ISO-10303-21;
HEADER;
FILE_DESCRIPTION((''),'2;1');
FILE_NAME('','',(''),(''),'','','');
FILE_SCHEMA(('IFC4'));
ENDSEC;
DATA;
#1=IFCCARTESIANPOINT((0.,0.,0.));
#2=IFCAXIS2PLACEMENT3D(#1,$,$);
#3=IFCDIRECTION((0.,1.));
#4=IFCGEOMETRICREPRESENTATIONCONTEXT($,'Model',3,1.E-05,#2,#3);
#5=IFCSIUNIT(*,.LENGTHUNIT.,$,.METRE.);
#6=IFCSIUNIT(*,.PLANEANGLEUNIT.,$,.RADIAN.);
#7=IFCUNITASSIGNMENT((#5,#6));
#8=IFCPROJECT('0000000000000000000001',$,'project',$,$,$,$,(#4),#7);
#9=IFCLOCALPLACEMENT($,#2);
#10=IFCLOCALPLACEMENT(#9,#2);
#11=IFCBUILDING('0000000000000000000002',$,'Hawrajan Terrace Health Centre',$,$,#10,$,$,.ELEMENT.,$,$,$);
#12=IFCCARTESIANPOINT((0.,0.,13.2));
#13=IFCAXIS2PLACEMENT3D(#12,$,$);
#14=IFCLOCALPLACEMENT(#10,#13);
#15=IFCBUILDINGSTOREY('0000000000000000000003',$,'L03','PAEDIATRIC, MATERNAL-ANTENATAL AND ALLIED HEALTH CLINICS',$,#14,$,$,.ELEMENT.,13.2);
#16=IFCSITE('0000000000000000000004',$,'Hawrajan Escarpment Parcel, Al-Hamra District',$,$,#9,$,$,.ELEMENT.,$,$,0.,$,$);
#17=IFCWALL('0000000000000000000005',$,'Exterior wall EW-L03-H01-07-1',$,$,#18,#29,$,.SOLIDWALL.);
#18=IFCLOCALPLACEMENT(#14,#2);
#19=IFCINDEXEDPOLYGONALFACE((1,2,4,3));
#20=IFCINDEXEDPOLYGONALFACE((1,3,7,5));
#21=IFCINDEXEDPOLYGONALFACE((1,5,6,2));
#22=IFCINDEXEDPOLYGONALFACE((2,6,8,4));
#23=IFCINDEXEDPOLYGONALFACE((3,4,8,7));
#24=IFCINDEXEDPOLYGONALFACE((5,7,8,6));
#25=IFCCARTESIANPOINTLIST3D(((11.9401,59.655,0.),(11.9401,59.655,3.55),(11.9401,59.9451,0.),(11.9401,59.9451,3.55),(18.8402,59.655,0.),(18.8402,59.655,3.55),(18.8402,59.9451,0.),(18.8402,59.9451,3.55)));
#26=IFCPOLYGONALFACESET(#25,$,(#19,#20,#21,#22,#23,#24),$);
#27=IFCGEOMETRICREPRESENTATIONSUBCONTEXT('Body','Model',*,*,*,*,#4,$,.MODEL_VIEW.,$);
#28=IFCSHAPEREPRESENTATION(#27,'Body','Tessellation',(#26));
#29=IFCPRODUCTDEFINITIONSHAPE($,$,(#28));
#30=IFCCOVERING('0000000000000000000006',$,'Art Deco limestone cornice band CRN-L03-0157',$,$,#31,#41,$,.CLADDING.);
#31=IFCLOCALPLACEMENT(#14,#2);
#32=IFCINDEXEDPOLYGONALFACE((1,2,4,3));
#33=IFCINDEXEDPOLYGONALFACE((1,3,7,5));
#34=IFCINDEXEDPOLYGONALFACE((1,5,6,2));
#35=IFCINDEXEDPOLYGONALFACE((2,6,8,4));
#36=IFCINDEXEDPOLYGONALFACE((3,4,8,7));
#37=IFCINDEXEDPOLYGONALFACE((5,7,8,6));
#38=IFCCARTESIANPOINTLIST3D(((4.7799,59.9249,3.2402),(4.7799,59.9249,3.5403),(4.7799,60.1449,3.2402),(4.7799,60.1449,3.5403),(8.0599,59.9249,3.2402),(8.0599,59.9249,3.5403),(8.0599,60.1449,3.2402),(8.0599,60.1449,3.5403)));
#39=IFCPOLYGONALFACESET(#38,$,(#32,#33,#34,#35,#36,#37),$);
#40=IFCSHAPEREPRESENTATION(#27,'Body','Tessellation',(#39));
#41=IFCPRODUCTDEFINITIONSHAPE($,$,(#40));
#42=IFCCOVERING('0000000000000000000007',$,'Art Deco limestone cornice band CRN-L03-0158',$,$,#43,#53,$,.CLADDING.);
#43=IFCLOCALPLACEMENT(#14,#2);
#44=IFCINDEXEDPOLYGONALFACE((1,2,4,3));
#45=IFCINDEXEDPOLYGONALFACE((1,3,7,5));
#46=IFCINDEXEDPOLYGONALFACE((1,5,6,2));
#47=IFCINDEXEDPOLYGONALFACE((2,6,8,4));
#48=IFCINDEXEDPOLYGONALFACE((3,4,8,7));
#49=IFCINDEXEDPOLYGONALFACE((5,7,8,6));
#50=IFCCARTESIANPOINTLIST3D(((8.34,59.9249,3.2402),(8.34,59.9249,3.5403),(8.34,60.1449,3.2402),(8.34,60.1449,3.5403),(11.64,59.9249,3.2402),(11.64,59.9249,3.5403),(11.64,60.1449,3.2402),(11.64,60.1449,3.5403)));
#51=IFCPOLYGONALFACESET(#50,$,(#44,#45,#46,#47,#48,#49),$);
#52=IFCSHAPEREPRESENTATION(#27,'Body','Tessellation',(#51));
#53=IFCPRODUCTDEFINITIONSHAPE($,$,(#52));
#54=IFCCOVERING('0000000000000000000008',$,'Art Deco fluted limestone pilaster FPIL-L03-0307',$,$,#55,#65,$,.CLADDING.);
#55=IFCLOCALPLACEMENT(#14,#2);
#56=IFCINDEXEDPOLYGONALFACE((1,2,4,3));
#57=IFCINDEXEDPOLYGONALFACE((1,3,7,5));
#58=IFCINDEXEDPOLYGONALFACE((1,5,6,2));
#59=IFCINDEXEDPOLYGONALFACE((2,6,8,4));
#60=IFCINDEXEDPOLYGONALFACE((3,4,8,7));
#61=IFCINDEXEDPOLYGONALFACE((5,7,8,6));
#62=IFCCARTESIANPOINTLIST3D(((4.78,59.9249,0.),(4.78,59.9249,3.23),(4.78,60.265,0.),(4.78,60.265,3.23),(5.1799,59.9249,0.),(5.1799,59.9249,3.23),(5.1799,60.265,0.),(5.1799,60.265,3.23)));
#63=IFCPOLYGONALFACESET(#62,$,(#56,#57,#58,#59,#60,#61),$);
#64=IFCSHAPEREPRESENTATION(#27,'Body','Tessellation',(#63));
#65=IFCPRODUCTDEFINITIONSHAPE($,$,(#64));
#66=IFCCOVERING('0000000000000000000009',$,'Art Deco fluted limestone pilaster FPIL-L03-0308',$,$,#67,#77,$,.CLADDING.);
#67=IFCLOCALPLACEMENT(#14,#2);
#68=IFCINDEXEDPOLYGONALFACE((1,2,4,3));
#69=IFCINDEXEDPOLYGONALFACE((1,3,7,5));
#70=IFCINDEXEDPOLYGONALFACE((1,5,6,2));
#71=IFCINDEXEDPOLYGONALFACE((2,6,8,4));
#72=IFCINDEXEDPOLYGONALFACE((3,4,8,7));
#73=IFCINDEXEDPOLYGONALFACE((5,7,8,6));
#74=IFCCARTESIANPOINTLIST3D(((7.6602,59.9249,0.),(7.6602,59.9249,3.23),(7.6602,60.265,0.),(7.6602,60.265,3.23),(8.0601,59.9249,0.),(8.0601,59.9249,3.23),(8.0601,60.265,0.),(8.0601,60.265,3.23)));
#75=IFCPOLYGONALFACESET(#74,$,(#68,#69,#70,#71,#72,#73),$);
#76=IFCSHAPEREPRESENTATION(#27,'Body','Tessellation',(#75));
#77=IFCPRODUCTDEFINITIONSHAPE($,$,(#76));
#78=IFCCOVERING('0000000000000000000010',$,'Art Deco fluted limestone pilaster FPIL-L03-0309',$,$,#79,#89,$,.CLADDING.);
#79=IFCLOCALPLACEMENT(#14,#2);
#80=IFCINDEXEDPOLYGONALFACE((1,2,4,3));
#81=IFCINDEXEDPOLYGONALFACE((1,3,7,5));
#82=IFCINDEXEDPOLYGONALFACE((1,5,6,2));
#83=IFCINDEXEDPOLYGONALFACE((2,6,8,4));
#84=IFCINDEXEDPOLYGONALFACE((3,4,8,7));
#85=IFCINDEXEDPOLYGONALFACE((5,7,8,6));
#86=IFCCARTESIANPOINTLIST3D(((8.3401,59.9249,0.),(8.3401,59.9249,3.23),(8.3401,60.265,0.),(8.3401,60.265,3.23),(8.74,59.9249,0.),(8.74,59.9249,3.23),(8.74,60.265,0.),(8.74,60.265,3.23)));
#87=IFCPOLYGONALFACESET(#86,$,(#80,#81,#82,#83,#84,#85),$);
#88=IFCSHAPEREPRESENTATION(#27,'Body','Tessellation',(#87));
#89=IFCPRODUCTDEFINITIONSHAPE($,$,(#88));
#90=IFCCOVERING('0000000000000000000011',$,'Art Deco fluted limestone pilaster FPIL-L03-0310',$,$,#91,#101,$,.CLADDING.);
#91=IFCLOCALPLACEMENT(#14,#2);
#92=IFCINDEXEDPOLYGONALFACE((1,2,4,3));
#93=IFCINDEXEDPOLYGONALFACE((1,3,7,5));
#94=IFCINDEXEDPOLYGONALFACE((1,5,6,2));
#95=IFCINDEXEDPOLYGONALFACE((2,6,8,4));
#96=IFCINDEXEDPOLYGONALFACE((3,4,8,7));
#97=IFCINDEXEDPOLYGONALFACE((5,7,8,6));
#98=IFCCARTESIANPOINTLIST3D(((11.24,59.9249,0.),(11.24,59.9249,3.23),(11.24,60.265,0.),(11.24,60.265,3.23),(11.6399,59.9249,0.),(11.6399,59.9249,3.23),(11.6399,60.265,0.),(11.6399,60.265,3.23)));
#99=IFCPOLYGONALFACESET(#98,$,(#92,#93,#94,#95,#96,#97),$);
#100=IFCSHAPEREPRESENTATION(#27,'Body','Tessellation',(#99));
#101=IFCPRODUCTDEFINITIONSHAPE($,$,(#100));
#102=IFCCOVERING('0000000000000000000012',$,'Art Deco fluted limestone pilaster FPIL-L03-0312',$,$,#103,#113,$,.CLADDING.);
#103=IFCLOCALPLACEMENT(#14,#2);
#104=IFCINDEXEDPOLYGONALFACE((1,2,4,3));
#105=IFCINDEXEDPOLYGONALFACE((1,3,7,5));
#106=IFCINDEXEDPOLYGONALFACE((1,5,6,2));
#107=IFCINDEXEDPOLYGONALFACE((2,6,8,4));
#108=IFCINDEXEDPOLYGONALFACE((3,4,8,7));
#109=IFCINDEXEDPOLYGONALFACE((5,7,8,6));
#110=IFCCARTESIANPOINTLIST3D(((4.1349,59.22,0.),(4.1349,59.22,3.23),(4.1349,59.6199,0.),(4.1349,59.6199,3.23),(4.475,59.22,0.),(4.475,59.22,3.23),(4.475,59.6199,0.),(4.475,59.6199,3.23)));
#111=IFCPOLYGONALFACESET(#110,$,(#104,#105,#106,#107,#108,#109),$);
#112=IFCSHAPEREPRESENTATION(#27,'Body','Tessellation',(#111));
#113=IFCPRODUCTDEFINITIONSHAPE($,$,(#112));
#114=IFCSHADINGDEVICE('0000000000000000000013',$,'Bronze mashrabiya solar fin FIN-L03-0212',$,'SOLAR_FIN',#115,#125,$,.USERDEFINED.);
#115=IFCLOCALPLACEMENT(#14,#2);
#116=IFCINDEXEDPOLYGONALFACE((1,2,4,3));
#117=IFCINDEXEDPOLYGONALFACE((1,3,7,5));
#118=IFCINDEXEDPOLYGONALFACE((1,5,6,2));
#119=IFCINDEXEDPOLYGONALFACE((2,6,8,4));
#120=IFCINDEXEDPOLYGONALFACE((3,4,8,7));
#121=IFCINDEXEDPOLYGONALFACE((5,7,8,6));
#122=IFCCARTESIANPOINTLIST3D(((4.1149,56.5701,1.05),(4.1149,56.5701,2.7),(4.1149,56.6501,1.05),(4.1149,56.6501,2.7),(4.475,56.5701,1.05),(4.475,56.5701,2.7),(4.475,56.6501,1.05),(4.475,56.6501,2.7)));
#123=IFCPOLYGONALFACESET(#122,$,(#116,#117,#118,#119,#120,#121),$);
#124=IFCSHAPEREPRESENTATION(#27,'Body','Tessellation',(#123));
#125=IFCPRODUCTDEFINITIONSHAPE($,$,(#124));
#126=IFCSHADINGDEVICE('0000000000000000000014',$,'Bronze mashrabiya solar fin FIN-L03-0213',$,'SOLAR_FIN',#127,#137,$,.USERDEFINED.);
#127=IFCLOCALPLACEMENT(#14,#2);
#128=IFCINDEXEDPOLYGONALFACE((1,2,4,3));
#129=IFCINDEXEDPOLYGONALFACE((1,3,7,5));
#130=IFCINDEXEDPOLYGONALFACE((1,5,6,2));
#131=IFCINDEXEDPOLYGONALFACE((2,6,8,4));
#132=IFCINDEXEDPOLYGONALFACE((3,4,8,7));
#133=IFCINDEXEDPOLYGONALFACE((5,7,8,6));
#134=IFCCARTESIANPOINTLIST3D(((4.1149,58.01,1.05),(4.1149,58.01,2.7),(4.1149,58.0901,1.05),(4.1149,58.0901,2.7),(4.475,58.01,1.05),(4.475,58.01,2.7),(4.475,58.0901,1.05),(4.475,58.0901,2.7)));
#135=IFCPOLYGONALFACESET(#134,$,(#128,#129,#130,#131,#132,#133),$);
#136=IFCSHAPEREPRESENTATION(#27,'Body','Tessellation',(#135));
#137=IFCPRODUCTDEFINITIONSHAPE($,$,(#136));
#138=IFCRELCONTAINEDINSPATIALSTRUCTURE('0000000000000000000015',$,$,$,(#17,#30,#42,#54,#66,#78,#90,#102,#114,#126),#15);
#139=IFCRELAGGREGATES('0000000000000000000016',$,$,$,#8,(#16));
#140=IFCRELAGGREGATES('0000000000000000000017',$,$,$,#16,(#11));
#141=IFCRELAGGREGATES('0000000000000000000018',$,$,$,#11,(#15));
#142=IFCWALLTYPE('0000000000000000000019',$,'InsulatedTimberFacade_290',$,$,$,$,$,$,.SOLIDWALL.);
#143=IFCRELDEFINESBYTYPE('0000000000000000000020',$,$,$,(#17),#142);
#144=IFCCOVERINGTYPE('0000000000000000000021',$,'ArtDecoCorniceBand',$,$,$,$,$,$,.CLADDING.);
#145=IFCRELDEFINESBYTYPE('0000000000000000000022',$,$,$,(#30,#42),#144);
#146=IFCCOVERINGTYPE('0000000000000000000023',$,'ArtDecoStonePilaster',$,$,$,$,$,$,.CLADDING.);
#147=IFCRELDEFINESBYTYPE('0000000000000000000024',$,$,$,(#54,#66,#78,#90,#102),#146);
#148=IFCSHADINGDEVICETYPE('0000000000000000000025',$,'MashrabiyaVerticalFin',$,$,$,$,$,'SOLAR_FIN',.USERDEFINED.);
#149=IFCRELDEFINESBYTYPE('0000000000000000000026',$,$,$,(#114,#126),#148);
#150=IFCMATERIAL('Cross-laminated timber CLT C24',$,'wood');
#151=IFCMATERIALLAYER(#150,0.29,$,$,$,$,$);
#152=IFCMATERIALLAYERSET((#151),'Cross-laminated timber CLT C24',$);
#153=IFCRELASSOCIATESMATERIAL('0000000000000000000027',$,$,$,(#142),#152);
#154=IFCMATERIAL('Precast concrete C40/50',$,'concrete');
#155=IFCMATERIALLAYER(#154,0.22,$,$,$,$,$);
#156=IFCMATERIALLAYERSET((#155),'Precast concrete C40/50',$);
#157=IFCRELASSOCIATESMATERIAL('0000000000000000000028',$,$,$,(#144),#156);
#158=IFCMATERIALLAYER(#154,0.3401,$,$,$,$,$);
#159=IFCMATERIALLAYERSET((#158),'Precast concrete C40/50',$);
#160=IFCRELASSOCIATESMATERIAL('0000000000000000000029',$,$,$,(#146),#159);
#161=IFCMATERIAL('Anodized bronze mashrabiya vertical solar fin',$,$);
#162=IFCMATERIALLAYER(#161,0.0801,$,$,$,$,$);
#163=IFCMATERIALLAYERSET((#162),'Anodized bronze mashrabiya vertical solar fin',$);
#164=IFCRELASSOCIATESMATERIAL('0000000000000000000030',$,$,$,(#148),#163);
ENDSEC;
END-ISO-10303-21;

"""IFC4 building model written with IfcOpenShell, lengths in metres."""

from ifc_helpers import new_model, si_unit, direction, frame, frame_2d, origin, origin_2d, place, context, subcontext, project, spatial, rectangle, extrude, material, layer, layer_set, type_object, element, save


model = new_model("IFC4")

# Units and contexts
model_context = context("Model", 3, precision=1e-05, world=origin(), true_north=direction((0.0, 1.0)))
body_context = subcontext(model_context, "Body", "Model", "MODEL_VIEW")
ifc_project = project(units=[si_unit("LENGTHUNIT", "METRE"), si_unit("PLANEANGLEUNIT", "RADIAN")], contexts=[model_context])

# Site, building, storey
site_placement = place(None, origin())
site = spatial("IfcSite", under=ifc_project, at=site_placement, Name="Hawrajan Escarpment Parcel, Al-Hamra District", CompositionType="ELEMENT", RefElevation=0.0)
building_placement = place(site_placement, origin())
building = spatial("IfcBuilding", under=site, at=building_placement, Name="Hawrajan Terrace Health Centre", CompositionType="ELEMENT")
storey_placement = place(building_placement, frame((0.0, 0.0, 13.2)))
storey = spatial("IfcBuildingStorey", under=building, at=storey_placement, Name="L03", Description="PAEDIATRIC, MATERNAL-ANTENATAL AND ALLIED HEALTH CLINICS", CompositionType="ELEMENT", Elevation=13.2)

# Shared definitions
ifc_material_1 = material(Name="Cross-laminated timber CLT C24", Category="wood")

# Shared definitions
ifc_layer_1 = layer(ifc_material_1, 0.29)
ifc_layer_set_1 = layer_set([ifc_layer_1], Name="Cross-laminated timber CLT C24")
wall_type_1 = type_object("IfcWallType", Name="InsulatedTimberFacade_290", PredefinedType="SOLIDWALL", material=ifc_layer_set_1)

# Wall
wall_1_placement = place(storey_placement, frame((11.9399, 59.8, 0.0), z_axis=(0.0, 0.0, 1.0), x_axis=(1.0, 0.0, 0.0)))
element("IfcWall", 1, at=wall_1_placement, inside=storey, type_object=wall_type_1, Name="Exterior wall EW-L03-H01-07-1", PredefinedType="SOLIDWALL", context=body_context, shape_type="SweptSolid", body=[
    extrude(rectangle(XDim=6.9001, YDim=0.29, at=frame_2d((3.4502, 0.0))), origin(), (0.0, 0.0, 1.0), 3.55),
])

# Coverings
ifc_material_2 = material(Name="Precast concrete C40/50", Category="concrete")
ifc_layer_2 = layer(ifc_material_2, 0.22)
ifc_layer_set_2 = layer_set([ifc_layer_2], Name="Precast concrete C40/50")
covering_type_1 = type_object("IfcCoveringType", Name="ArtDecoCorniceBand", PredefinedType="CLADDING", material=ifc_layer_set_2)
covering_1_placement = place(storey_placement, frame((6.4199, 60.0349, 3.2402), z_axis=(0.0, 0.0, 1.0), x_axis=(1.0, 0.0, 0.0)))
element("IfcCovering", 2, at=covering_1_placement, inside=storey, type_object=covering_type_1, Name="Art Deco limestone cornice band CRN-L03-0157", PredefinedType="CLADDING", context=body_context, shape_type="SweptSolid", body=[
    extrude(rectangle(XDim=3.28, YDim=0.22, at=origin_2d()), origin(), (0.0, 0.0, 1.0), 0.3),
])
covering_2_placement = place(storey_placement, frame((9.99, 60.0349, 3.2402), z_axis=(0.0, 0.0, 1.0), x_axis=(1.0, 0.0, 0.0)))
element("IfcCovering", 3, at=covering_2_placement, inside=storey, type_object=covering_type_1, Name="Art Deco limestone cornice band CRN-L03-0158", PredefinedType="CLADDING", context=body_context, shape_type="SweptSolid", body=[
    extrude(rectangle(XDim=3.3, YDim=0.22, at=origin_2d()), origin(), (0.0, 0.0, 1.0), 0.3),
])
ifc_layer_3 = layer(ifc_material_2, 0.3401)
ifc_layer_set_3 = layer_set([ifc_layer_3], Name="Precast concrete C40/50")
covering_type_2 = type_object("IfcCoveringType", Name="ArtDecoStonePilaster", PredefinedType="CLADDING", material=ifc_layer_set_3)
for number, where, z_axis, x_axis, name in (
    (4, (4.98, 60.095, 0.0), (0.0, 0.0, 1.0), (1.0, 0.0, 0.0), "Art Deco fluted limestone pilaster FPIL-L03-0307"),
    (5, (7.8601, 60.095, 0.0), (0.0, 0.0, 1.0), (1.0, 0.0, 0.0), "Art Deco fluted limestone pilaster FPIL-L03-0308"),
    (6, (8.54, 60.095, 0.0), (0.0, 0.0, 1.0), (1.0, 0.0, 0.0), "Art Deco fluted limestone pilaster FPIL-L03-0309"),
    (7, (11.4399, 60.095, 0.0), (0.0, 0.0, 1.0), (1.0, 0.0, 0.0), "Art Deco fluted limestone pilaster FPIL-L03-0310"),
    (8, (4.3049, 59.4199, 0.0), (0.0, 0.0, 1.0), (0.0, 1.0, 0.0), "Art Deco fluted limestone pilaster FPIL-L03-0312"),
):
    element("IfcCovering", number, at=place(storey_placement, frame(where, z_axis=z_axis, x_axis=x_axis)), inside=storey, type_object=covering_type_2, Name=name, PredefinedType="CLADDING", context=body_context, shape_type="SweptSolid", body=[
        extrude(rectangle(XDim=0.3999, YDim=0.3401, at=origin_2d()), origin(), (0.0, 0.0, 1.0), 3.23),
    ])

# Shading devices
ifc_material_3 = material(Name="Anodized bronze mashrabiya vertical solar fin")
ifc_layer_4 = layer(ifc_material_3, 0.0801)
ifc_layer_set_4 = layer_set([ifc_layer_4], Name="Anodized bronze mashrabiya vertical solar fin")
shading_device_type = type_object("IfcShadingDeviceType", Name="MashrabiyaVerticalFin", ElementType="SOLAR_FIN", PredefinedType="USERDEFINED", material=ifc_layer_set_4)
for number, where, z_axis, x_axis, name in (
    (9, (4.2949, 56.6101, 1.05), (0.0, 0.0, 1.0), (0.0, 1.0, 0.0), "Bronze mashrabiya solar fin FIN-L03-0212"),
    (10, (4.2949, 58.05, 1.05), (0.0, 0.0, 1.0), (0.0, 1.0, 0.0), "Bronze mashrabiya solar fin FIN-L03-0213"),
):
    element("IfcShadingDevice", number, at=place(storey_placement, frame(where, z_axis=z_axis, x_axis=x_axis)), inside=storey, type_object=shading_device_type, Name=name, ObjectType="SOLAR_FIN", PredefinedType="USERDEFINED", context=body_context, shape_type="SweptSolid", body=[
        extrude(rectangle(XDim=0.0801, YDim=0.3601, at=origin_2d()), origin(), (0.0, 0.0, 1.0), 1.6499),
    ])

save(model, "model.ifc")
